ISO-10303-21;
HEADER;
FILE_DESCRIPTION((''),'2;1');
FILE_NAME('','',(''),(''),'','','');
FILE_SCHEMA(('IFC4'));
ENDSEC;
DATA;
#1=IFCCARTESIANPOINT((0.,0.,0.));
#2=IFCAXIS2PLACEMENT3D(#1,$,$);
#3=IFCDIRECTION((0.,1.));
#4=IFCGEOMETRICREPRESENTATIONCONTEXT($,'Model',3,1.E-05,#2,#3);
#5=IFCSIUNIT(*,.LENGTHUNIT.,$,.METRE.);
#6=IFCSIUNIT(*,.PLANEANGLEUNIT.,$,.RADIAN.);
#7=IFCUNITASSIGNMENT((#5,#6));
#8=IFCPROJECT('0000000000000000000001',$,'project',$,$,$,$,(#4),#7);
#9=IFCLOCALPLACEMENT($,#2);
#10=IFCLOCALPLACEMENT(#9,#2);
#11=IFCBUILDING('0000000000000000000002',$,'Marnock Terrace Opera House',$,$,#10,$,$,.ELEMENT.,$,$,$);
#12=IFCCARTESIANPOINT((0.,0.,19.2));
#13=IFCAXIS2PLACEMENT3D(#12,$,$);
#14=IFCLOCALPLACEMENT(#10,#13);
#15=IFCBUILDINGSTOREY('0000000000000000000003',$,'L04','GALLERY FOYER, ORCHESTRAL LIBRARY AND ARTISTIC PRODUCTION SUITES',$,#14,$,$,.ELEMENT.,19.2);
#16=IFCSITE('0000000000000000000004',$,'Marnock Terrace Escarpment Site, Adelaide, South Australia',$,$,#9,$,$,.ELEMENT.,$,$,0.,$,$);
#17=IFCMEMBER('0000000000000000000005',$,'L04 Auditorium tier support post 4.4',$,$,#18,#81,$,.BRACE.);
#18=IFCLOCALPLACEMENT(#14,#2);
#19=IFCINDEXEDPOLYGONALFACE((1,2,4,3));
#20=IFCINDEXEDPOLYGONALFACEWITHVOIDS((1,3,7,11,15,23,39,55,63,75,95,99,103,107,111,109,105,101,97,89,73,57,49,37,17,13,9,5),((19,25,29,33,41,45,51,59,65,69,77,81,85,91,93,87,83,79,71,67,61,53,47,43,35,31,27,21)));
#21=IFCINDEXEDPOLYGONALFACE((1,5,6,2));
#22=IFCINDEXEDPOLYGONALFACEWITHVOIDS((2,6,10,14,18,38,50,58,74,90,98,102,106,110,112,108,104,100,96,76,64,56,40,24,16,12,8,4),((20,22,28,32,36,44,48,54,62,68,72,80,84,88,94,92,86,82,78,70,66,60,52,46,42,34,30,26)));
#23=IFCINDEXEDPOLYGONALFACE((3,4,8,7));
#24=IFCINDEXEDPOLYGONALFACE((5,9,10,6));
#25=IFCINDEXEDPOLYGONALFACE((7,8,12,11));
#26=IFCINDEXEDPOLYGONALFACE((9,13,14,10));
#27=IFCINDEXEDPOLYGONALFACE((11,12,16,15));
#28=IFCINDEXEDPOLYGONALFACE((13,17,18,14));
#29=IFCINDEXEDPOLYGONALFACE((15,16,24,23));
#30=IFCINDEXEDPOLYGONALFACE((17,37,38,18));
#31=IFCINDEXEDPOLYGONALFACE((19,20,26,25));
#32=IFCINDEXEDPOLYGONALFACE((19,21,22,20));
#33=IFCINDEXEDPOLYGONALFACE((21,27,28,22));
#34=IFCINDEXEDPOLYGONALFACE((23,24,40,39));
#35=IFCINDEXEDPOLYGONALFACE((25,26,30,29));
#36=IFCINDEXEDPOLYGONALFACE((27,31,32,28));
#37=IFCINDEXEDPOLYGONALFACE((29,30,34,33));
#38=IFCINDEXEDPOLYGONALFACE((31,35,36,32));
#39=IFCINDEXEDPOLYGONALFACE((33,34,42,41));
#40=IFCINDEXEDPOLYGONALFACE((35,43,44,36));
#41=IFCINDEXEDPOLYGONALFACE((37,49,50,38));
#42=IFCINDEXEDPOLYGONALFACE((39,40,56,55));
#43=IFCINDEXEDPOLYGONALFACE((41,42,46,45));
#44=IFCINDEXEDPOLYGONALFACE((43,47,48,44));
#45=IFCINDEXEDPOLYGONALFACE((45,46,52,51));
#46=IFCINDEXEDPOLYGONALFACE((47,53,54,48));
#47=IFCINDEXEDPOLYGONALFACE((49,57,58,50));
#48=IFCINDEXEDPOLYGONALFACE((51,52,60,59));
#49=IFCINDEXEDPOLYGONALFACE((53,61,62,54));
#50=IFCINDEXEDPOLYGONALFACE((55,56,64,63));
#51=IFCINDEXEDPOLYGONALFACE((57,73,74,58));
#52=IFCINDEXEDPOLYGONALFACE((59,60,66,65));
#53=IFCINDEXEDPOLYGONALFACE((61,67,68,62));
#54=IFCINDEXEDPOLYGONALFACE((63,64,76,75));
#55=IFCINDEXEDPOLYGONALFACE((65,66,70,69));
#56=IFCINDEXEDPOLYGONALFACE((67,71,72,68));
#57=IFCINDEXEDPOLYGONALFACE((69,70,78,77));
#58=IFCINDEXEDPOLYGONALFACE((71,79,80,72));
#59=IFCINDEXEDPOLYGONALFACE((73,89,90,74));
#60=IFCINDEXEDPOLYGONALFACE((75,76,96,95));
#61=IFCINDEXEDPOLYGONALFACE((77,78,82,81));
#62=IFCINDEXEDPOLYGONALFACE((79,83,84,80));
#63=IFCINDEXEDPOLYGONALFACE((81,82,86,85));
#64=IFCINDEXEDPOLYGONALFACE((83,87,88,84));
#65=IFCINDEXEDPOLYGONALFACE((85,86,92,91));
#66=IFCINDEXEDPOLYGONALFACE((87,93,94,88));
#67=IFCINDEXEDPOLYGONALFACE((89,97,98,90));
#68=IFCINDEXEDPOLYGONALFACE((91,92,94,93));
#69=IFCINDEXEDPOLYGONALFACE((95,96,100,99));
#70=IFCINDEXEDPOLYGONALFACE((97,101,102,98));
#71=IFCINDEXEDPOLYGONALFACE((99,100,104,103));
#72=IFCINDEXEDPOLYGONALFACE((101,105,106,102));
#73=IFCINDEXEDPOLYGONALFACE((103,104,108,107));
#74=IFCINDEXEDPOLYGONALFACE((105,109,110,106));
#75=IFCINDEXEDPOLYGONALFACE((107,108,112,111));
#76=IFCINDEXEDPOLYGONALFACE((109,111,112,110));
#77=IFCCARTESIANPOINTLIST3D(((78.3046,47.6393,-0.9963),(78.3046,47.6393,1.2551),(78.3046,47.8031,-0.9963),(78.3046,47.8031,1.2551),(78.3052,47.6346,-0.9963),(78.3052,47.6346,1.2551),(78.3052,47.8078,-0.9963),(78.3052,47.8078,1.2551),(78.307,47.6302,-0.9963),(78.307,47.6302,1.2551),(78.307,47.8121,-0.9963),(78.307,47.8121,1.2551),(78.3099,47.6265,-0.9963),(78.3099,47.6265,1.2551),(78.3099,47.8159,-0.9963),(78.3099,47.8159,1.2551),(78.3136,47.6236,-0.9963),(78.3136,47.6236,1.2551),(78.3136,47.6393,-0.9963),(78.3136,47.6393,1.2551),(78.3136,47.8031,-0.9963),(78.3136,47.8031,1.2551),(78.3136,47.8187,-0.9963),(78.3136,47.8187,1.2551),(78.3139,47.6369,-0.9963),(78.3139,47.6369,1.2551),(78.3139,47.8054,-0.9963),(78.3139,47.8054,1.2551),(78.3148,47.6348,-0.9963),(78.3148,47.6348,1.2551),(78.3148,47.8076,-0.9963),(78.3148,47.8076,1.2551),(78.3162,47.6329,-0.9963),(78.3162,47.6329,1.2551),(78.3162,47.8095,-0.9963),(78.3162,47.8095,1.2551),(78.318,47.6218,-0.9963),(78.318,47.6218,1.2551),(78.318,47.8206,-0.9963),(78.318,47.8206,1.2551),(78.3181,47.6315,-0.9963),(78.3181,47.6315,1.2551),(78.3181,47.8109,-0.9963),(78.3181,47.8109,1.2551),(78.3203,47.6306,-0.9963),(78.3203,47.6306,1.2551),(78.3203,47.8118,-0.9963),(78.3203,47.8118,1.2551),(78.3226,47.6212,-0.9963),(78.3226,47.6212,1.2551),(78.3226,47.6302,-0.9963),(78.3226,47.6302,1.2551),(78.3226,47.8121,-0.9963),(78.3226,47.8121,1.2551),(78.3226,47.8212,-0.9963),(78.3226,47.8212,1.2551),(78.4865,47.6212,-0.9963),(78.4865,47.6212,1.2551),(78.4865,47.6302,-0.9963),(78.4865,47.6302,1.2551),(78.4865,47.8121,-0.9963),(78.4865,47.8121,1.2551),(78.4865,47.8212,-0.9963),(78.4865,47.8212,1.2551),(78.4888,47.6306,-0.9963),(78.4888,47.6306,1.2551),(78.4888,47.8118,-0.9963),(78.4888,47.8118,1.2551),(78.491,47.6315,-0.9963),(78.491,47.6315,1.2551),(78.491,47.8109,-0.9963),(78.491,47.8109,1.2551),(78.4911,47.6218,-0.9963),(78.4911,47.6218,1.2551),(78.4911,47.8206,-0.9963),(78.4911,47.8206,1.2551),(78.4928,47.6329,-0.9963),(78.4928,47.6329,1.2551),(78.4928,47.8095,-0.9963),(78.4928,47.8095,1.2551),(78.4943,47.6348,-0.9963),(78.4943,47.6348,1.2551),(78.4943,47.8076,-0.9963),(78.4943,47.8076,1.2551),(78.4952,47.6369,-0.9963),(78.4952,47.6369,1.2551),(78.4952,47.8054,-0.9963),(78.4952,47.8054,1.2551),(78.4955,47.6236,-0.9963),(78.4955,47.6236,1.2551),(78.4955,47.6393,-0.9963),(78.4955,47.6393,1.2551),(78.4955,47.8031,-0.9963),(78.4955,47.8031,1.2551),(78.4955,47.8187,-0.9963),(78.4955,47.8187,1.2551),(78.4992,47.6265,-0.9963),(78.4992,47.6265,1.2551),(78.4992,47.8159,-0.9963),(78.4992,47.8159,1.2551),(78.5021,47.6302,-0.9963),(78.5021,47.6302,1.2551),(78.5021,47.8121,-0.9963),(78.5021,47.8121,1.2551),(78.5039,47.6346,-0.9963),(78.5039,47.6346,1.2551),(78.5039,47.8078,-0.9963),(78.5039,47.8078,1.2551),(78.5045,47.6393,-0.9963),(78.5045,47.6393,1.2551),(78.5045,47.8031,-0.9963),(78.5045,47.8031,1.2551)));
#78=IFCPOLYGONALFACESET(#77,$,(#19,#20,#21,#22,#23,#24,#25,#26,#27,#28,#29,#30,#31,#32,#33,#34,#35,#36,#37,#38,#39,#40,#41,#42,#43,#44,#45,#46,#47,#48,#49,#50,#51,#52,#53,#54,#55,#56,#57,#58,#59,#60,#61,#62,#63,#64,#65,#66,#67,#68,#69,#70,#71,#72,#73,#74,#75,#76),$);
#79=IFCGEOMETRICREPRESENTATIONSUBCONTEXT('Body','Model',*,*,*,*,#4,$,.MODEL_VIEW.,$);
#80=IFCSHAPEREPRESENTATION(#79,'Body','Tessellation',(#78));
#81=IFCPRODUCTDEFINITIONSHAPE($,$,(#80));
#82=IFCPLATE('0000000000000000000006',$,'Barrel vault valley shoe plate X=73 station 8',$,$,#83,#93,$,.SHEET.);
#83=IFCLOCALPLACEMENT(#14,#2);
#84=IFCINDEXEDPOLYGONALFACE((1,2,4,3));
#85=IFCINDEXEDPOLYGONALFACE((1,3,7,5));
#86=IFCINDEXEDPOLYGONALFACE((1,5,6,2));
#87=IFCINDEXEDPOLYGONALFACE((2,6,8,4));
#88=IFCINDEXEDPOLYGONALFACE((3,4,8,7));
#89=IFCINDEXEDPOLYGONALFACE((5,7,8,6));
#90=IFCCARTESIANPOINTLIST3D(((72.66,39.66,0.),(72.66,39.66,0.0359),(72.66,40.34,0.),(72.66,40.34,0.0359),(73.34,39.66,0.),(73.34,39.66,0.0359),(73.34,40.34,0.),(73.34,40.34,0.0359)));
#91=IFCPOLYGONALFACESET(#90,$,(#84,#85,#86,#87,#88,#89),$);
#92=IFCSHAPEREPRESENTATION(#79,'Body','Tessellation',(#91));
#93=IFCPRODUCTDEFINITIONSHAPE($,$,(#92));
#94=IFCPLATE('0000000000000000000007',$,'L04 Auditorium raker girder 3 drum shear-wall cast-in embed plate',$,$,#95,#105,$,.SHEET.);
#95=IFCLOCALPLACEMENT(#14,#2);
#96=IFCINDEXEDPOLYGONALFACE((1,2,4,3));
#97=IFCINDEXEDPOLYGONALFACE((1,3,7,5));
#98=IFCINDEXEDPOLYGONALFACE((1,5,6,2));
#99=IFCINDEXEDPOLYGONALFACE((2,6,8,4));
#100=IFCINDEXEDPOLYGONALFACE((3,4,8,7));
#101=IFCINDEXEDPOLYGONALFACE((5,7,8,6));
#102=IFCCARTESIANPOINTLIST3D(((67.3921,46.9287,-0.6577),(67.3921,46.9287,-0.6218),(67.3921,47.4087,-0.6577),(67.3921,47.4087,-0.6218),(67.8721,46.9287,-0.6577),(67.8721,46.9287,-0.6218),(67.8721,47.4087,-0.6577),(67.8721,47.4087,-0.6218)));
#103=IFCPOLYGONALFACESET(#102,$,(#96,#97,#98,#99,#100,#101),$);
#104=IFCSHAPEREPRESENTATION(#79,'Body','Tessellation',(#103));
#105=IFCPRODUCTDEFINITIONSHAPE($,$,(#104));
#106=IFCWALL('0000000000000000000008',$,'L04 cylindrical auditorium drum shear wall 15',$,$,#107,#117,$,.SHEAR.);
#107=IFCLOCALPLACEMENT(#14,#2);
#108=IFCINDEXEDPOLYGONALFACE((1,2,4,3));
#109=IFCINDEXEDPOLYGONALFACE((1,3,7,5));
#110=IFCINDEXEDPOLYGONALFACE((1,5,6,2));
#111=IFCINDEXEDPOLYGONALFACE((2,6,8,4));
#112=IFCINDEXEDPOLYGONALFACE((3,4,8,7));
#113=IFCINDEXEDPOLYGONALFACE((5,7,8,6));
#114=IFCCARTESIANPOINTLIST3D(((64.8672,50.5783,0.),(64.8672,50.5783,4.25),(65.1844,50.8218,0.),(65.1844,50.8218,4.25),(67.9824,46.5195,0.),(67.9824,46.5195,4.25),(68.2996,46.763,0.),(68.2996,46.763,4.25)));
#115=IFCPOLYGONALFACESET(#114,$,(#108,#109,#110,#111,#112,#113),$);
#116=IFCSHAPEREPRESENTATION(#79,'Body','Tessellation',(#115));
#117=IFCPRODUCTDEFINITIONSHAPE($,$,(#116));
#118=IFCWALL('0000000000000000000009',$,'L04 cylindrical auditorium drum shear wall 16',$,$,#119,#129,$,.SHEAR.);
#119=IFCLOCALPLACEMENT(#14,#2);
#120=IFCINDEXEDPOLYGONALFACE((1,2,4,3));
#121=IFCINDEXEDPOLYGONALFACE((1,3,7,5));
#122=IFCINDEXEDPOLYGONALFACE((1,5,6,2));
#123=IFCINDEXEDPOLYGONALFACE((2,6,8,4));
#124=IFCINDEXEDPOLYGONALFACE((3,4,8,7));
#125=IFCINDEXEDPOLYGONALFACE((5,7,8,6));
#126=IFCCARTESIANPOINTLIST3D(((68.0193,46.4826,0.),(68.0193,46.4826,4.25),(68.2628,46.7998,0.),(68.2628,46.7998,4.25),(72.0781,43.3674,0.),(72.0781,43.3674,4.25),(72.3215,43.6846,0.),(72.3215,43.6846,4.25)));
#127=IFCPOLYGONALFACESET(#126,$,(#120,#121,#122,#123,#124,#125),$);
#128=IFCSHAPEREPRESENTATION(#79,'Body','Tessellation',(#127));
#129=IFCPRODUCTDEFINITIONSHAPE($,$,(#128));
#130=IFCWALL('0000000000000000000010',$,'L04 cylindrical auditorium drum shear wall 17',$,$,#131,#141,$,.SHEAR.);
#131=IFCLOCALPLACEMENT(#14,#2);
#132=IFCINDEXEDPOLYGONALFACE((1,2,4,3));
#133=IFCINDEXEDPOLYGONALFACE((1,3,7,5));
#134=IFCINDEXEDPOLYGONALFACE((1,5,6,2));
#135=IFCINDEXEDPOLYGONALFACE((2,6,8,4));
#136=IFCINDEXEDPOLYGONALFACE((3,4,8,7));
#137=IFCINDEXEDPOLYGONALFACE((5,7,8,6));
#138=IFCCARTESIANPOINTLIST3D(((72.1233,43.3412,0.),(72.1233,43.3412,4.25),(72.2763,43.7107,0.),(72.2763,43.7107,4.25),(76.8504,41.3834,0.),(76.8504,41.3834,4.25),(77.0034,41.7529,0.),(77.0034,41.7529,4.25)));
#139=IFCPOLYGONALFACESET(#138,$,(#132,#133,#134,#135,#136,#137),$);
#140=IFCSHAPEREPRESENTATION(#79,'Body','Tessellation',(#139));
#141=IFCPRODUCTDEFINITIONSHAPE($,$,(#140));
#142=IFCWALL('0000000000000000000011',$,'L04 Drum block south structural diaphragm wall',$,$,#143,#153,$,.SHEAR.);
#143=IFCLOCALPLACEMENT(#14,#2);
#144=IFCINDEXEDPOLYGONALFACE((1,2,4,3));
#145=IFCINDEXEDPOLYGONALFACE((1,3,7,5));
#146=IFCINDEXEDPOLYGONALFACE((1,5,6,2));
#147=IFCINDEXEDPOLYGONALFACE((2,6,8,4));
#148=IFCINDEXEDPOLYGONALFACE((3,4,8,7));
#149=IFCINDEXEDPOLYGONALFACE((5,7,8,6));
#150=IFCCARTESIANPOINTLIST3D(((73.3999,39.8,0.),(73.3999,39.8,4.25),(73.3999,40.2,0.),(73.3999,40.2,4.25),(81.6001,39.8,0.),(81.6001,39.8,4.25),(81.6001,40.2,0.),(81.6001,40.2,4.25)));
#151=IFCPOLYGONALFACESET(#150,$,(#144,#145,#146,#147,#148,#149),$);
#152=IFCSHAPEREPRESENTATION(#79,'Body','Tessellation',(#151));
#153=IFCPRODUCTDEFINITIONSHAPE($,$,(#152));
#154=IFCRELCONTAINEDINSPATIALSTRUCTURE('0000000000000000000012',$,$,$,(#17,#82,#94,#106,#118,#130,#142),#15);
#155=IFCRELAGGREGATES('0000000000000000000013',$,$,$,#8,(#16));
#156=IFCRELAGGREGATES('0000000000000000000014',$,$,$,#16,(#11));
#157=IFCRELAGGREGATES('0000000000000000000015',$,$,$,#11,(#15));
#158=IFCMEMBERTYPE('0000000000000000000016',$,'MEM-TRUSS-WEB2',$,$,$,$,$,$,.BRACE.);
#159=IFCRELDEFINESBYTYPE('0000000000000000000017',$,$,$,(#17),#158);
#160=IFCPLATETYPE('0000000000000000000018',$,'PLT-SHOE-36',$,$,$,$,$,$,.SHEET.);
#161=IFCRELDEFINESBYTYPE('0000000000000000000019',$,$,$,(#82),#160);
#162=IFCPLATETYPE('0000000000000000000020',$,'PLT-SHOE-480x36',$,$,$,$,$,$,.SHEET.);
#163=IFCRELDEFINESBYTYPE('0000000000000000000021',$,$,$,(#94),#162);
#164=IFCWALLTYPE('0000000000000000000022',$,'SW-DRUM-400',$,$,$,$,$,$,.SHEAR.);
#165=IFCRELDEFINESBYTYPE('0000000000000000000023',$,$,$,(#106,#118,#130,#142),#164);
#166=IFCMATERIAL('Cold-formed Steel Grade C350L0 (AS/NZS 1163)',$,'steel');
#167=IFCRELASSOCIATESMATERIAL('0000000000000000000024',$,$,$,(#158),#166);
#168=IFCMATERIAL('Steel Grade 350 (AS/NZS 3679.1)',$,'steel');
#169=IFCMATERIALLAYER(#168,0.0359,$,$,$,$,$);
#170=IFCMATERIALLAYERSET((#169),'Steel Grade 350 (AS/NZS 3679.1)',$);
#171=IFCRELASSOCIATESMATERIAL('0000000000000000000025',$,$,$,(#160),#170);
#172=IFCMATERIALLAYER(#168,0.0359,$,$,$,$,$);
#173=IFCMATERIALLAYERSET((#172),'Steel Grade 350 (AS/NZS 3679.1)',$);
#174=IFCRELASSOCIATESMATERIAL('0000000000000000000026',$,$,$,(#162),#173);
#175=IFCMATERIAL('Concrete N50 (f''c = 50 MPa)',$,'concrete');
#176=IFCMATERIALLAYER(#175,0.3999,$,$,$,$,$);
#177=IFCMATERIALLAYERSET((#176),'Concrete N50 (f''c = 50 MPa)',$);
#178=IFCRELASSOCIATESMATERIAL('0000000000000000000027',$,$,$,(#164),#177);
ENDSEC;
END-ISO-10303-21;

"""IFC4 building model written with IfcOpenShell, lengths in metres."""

from ifc_helpers import new_model, si_unit, direction, frame, frame_2d, origin, origin_2d, place, context, subcontext, project, spatial, rectangle, hollow_rectangle, extrude, material, layer, layer_set, material_profile, profile_set, type_object, element, save


model = new_model("IFC4")

# Units and contexts
model_context = context("Model", 3, precision=1e-05, world=origin(), true_north=direction((0.0, 1.0)))
body_context = subcontext(model_context, "Body", "Model", "MODEL_VIEW")
ifc_project = project(units=[si_unit("LENGTHUNIT", "METRE"), si_unit("PLANEANGLEUNIT", "RADIAN")], contexts=[model_context])

# Site, building, storey
site_placement = place(None, origin())
site = spatial("IfcSite", under=ifc_project, at=site_placement, Name="Marnock Terrace Escarpment Site, Adelaide, South Australia", CompositionType="ELEMENT", RefElevation=0.0)
building_placement = place(site_placement, origin())
building = spatial("IfcBuilding", under=site, at=building_placement, Name="Marnock Terrace Opera House", CompositionType="ELEMENT")
storey_placement = place(building_placement, frame((0.0, 0.0, 19.2)))
storey = spatial("IfcBuildingStorey", under=building, at=storey_placement, Name="L04", Description="GALLERY FOYER, ORCHESTRAL LIBRARY AND ARTISTIC PRODUCTION SUITES", CompositionType="ELEMENT", Elevation=19.2)

# Shared definitions
ifc_material_1 = material(Name="Concrete N50 (f'c = 50 MPa)", Category="concrete")

# Member
ifc_material_2 = material(Name="Cold-formed Steel Grade C350L0 (AS/NZS 1163)", Category="steel")
ifc_material_profile_1 = material_profile(ifc_material_2, hollow_rectangle(XDim=0.2, YDim=0.2, WallThickness=0.009, InnerFilletRadius=0.009, OuterFilletRadius=0.0181, at=origin_2d()))
ifc_profile_set_1 = profile_set([ifc_material_profile_1], Name="Cold-formed Steel Grade C350L0 (AS/NZS 1163)")
member_type = type_object("IfcMemberType", Name="MEM-TRUSS-WEB2", PredefinedType="BRACE", material=ifc_profile_set_1)
member_1_placement = place(storey_placement, frame((78.4045, 47.7212, -0.9963), z_axis=(0.0, 0.0, 1.0), x_axis=(1.0, 0.0, 0.0)))
element("IfcMember", 1, at=member_1_placement, inside=storey, type_object=member_type, Name="L04 Auditorium tier support post 4.4", PredefinedType="BRACE", context=body_context, shape_type="SweptSolid", body=[
    extrude(hollow_rectangle(XDim=0.2, YDim=0.2, WallThickness=0.009, InnerFilletRadius=0.009, OuterFilletRadius=0.0181, at=origin_2d()), origin(), (0.0, 0.0, 1.0), 2.2515),
])

# Plates
ifc_material_3 = material(Name="Steel Grade 350 (AS/NZS 3679.1)", Category="steel")
ifc_layer_1 = layer(ifc_material_3, 0.0359)
ifc_layer_set_1 = layer_set([ifc_layer_1], Name="Steel Grade 350 (AS/NZS 3679.1)")
plate_type_1 = type_object("IfcPlateType", Name="PLT-SHOE-36", PredefinedType="SHEET", material=ifc_layer_set_1)
plate_1_placement = place(storey_placement, frame((73.0, 40.0, 0.0), z_axis=(0.0, 0.0, 1.0), x_axis=(1.0, 0.0, 0.0)))
element("IfcPlate", 2, at=plate_1_placement, inside=storey, type_object=plate_type_1, Name="Barrel vault valley shoe plate X=73 station 8", PredefinedType="SHEET", context=body_context, shape_type="SweptSolid", body=[
    extrude(rectangle(XDim=0.6799, YDim=0.6799, at=origin_2d()), origin(), (0.0, 0.0, 1.0), 0.0359),
])
ifc_layer_2 = layer(ifc_material_3, 0.0359)
ifc_layer_set_2 = layer_set([ifc_layer_2], Name="Steel Grade 350 (AS/NZS 3679.1)")
plate_type_2 = type_object("IfcPlateType", Name="PLT-SHOE-480x36", PredefinedType="SHEET", material=ifc_layer_set_2)
plate_2_placement = place(storey_placement, frame((67.6321, 47.1687, -0.6577), z_axis=(0.0, 0.0, 1.0), x_axis=(1.0, 0.0, 0.0)))
element("IfcPlate", 3, at=plate_2_placement, inside=storey, type_object=plate_type_2, Name="L04 Auditorium raker girder 3 drum shear-wall cast-in embed plate", PredefinedType="SHEET", context=body_context, shape_type="SweptSolid", body=[
    extrude(rectangle(XDim=0.48, YDim=0.48, at=origin_2d()), origin(), (0.0, 0.0, 1.0), 0.0359),
])

# Walls
ifc_layer_3 = layer(ifc_material_1, 0.3999)
ifc_layer_set_3 = layer_set([ifc_layer_3], Name="Concrete N50 (f'c = 50 MPa)")
wall_type = type_object("IfcWallType", Name="SW-DRUM-400", PredefinedType="SHEAR", material=ifc_layer_set_3)
for number, where, z_axis, x_axis, name in (
    (4, (65.0259, 50.7, 0.0), (0.0, 0.0, 1.0), (0.608857, -0.79328, 0.0), "L04 cylindrical auditorium drum shear wall 15"),
    (5, (68.1411, 46.6411, 0.0), (0.0, 0.0, 1.0), (0.79328, -0.608857, 0.0), "L04 cylindrical auditorium drum shear wall 16"),
    (6, (72.2, 43.5259, 0.0), (0.0, 0.0, 1.0), (0.923896, -0.382643, 0.0), "L04 cylindrical auditorium drum shear wall 17"),
):
    element("IfcWall", number, at=place(storey_placement, frame(where, z_axis=z_axis, x_axis=x_axis)), inside=storey, type_object=wall_type, Name=name, PredefinedType="SHEAR", context=body_context, shape_type="SweptSolid", body=[
        extrude(rectangle(XDim=5.1165, YDim=0.3999, at=frame_2d((2.5581, 0.0))), origin(), (0.0, 0.0, 1.0), 4.25),
    ])

# Wall
wall_1_placement = place(storey_placement, frame((73.3999, 40.0, 0.0), z_axis=(0.0, 0.0, 1.0), x_axis=(1.0, 0.0, 0.0)))
element("IfcWall", 7, at=wall_1_placement, inside=storey, type_object=wall_type, Name="L04 Drum block south structural diaphragm wall", PredefinedType="SHEAR", context=body_context, shape_type="SweptSolid", body=[
    extrude(rectangle(XDim=8.2002, YDim=0.3999, at=frame_2d((4.1001, 0.0))), origin(), (0.0, 0.0, 1.0), 4.25),
])

save(model, "model.ifc")
